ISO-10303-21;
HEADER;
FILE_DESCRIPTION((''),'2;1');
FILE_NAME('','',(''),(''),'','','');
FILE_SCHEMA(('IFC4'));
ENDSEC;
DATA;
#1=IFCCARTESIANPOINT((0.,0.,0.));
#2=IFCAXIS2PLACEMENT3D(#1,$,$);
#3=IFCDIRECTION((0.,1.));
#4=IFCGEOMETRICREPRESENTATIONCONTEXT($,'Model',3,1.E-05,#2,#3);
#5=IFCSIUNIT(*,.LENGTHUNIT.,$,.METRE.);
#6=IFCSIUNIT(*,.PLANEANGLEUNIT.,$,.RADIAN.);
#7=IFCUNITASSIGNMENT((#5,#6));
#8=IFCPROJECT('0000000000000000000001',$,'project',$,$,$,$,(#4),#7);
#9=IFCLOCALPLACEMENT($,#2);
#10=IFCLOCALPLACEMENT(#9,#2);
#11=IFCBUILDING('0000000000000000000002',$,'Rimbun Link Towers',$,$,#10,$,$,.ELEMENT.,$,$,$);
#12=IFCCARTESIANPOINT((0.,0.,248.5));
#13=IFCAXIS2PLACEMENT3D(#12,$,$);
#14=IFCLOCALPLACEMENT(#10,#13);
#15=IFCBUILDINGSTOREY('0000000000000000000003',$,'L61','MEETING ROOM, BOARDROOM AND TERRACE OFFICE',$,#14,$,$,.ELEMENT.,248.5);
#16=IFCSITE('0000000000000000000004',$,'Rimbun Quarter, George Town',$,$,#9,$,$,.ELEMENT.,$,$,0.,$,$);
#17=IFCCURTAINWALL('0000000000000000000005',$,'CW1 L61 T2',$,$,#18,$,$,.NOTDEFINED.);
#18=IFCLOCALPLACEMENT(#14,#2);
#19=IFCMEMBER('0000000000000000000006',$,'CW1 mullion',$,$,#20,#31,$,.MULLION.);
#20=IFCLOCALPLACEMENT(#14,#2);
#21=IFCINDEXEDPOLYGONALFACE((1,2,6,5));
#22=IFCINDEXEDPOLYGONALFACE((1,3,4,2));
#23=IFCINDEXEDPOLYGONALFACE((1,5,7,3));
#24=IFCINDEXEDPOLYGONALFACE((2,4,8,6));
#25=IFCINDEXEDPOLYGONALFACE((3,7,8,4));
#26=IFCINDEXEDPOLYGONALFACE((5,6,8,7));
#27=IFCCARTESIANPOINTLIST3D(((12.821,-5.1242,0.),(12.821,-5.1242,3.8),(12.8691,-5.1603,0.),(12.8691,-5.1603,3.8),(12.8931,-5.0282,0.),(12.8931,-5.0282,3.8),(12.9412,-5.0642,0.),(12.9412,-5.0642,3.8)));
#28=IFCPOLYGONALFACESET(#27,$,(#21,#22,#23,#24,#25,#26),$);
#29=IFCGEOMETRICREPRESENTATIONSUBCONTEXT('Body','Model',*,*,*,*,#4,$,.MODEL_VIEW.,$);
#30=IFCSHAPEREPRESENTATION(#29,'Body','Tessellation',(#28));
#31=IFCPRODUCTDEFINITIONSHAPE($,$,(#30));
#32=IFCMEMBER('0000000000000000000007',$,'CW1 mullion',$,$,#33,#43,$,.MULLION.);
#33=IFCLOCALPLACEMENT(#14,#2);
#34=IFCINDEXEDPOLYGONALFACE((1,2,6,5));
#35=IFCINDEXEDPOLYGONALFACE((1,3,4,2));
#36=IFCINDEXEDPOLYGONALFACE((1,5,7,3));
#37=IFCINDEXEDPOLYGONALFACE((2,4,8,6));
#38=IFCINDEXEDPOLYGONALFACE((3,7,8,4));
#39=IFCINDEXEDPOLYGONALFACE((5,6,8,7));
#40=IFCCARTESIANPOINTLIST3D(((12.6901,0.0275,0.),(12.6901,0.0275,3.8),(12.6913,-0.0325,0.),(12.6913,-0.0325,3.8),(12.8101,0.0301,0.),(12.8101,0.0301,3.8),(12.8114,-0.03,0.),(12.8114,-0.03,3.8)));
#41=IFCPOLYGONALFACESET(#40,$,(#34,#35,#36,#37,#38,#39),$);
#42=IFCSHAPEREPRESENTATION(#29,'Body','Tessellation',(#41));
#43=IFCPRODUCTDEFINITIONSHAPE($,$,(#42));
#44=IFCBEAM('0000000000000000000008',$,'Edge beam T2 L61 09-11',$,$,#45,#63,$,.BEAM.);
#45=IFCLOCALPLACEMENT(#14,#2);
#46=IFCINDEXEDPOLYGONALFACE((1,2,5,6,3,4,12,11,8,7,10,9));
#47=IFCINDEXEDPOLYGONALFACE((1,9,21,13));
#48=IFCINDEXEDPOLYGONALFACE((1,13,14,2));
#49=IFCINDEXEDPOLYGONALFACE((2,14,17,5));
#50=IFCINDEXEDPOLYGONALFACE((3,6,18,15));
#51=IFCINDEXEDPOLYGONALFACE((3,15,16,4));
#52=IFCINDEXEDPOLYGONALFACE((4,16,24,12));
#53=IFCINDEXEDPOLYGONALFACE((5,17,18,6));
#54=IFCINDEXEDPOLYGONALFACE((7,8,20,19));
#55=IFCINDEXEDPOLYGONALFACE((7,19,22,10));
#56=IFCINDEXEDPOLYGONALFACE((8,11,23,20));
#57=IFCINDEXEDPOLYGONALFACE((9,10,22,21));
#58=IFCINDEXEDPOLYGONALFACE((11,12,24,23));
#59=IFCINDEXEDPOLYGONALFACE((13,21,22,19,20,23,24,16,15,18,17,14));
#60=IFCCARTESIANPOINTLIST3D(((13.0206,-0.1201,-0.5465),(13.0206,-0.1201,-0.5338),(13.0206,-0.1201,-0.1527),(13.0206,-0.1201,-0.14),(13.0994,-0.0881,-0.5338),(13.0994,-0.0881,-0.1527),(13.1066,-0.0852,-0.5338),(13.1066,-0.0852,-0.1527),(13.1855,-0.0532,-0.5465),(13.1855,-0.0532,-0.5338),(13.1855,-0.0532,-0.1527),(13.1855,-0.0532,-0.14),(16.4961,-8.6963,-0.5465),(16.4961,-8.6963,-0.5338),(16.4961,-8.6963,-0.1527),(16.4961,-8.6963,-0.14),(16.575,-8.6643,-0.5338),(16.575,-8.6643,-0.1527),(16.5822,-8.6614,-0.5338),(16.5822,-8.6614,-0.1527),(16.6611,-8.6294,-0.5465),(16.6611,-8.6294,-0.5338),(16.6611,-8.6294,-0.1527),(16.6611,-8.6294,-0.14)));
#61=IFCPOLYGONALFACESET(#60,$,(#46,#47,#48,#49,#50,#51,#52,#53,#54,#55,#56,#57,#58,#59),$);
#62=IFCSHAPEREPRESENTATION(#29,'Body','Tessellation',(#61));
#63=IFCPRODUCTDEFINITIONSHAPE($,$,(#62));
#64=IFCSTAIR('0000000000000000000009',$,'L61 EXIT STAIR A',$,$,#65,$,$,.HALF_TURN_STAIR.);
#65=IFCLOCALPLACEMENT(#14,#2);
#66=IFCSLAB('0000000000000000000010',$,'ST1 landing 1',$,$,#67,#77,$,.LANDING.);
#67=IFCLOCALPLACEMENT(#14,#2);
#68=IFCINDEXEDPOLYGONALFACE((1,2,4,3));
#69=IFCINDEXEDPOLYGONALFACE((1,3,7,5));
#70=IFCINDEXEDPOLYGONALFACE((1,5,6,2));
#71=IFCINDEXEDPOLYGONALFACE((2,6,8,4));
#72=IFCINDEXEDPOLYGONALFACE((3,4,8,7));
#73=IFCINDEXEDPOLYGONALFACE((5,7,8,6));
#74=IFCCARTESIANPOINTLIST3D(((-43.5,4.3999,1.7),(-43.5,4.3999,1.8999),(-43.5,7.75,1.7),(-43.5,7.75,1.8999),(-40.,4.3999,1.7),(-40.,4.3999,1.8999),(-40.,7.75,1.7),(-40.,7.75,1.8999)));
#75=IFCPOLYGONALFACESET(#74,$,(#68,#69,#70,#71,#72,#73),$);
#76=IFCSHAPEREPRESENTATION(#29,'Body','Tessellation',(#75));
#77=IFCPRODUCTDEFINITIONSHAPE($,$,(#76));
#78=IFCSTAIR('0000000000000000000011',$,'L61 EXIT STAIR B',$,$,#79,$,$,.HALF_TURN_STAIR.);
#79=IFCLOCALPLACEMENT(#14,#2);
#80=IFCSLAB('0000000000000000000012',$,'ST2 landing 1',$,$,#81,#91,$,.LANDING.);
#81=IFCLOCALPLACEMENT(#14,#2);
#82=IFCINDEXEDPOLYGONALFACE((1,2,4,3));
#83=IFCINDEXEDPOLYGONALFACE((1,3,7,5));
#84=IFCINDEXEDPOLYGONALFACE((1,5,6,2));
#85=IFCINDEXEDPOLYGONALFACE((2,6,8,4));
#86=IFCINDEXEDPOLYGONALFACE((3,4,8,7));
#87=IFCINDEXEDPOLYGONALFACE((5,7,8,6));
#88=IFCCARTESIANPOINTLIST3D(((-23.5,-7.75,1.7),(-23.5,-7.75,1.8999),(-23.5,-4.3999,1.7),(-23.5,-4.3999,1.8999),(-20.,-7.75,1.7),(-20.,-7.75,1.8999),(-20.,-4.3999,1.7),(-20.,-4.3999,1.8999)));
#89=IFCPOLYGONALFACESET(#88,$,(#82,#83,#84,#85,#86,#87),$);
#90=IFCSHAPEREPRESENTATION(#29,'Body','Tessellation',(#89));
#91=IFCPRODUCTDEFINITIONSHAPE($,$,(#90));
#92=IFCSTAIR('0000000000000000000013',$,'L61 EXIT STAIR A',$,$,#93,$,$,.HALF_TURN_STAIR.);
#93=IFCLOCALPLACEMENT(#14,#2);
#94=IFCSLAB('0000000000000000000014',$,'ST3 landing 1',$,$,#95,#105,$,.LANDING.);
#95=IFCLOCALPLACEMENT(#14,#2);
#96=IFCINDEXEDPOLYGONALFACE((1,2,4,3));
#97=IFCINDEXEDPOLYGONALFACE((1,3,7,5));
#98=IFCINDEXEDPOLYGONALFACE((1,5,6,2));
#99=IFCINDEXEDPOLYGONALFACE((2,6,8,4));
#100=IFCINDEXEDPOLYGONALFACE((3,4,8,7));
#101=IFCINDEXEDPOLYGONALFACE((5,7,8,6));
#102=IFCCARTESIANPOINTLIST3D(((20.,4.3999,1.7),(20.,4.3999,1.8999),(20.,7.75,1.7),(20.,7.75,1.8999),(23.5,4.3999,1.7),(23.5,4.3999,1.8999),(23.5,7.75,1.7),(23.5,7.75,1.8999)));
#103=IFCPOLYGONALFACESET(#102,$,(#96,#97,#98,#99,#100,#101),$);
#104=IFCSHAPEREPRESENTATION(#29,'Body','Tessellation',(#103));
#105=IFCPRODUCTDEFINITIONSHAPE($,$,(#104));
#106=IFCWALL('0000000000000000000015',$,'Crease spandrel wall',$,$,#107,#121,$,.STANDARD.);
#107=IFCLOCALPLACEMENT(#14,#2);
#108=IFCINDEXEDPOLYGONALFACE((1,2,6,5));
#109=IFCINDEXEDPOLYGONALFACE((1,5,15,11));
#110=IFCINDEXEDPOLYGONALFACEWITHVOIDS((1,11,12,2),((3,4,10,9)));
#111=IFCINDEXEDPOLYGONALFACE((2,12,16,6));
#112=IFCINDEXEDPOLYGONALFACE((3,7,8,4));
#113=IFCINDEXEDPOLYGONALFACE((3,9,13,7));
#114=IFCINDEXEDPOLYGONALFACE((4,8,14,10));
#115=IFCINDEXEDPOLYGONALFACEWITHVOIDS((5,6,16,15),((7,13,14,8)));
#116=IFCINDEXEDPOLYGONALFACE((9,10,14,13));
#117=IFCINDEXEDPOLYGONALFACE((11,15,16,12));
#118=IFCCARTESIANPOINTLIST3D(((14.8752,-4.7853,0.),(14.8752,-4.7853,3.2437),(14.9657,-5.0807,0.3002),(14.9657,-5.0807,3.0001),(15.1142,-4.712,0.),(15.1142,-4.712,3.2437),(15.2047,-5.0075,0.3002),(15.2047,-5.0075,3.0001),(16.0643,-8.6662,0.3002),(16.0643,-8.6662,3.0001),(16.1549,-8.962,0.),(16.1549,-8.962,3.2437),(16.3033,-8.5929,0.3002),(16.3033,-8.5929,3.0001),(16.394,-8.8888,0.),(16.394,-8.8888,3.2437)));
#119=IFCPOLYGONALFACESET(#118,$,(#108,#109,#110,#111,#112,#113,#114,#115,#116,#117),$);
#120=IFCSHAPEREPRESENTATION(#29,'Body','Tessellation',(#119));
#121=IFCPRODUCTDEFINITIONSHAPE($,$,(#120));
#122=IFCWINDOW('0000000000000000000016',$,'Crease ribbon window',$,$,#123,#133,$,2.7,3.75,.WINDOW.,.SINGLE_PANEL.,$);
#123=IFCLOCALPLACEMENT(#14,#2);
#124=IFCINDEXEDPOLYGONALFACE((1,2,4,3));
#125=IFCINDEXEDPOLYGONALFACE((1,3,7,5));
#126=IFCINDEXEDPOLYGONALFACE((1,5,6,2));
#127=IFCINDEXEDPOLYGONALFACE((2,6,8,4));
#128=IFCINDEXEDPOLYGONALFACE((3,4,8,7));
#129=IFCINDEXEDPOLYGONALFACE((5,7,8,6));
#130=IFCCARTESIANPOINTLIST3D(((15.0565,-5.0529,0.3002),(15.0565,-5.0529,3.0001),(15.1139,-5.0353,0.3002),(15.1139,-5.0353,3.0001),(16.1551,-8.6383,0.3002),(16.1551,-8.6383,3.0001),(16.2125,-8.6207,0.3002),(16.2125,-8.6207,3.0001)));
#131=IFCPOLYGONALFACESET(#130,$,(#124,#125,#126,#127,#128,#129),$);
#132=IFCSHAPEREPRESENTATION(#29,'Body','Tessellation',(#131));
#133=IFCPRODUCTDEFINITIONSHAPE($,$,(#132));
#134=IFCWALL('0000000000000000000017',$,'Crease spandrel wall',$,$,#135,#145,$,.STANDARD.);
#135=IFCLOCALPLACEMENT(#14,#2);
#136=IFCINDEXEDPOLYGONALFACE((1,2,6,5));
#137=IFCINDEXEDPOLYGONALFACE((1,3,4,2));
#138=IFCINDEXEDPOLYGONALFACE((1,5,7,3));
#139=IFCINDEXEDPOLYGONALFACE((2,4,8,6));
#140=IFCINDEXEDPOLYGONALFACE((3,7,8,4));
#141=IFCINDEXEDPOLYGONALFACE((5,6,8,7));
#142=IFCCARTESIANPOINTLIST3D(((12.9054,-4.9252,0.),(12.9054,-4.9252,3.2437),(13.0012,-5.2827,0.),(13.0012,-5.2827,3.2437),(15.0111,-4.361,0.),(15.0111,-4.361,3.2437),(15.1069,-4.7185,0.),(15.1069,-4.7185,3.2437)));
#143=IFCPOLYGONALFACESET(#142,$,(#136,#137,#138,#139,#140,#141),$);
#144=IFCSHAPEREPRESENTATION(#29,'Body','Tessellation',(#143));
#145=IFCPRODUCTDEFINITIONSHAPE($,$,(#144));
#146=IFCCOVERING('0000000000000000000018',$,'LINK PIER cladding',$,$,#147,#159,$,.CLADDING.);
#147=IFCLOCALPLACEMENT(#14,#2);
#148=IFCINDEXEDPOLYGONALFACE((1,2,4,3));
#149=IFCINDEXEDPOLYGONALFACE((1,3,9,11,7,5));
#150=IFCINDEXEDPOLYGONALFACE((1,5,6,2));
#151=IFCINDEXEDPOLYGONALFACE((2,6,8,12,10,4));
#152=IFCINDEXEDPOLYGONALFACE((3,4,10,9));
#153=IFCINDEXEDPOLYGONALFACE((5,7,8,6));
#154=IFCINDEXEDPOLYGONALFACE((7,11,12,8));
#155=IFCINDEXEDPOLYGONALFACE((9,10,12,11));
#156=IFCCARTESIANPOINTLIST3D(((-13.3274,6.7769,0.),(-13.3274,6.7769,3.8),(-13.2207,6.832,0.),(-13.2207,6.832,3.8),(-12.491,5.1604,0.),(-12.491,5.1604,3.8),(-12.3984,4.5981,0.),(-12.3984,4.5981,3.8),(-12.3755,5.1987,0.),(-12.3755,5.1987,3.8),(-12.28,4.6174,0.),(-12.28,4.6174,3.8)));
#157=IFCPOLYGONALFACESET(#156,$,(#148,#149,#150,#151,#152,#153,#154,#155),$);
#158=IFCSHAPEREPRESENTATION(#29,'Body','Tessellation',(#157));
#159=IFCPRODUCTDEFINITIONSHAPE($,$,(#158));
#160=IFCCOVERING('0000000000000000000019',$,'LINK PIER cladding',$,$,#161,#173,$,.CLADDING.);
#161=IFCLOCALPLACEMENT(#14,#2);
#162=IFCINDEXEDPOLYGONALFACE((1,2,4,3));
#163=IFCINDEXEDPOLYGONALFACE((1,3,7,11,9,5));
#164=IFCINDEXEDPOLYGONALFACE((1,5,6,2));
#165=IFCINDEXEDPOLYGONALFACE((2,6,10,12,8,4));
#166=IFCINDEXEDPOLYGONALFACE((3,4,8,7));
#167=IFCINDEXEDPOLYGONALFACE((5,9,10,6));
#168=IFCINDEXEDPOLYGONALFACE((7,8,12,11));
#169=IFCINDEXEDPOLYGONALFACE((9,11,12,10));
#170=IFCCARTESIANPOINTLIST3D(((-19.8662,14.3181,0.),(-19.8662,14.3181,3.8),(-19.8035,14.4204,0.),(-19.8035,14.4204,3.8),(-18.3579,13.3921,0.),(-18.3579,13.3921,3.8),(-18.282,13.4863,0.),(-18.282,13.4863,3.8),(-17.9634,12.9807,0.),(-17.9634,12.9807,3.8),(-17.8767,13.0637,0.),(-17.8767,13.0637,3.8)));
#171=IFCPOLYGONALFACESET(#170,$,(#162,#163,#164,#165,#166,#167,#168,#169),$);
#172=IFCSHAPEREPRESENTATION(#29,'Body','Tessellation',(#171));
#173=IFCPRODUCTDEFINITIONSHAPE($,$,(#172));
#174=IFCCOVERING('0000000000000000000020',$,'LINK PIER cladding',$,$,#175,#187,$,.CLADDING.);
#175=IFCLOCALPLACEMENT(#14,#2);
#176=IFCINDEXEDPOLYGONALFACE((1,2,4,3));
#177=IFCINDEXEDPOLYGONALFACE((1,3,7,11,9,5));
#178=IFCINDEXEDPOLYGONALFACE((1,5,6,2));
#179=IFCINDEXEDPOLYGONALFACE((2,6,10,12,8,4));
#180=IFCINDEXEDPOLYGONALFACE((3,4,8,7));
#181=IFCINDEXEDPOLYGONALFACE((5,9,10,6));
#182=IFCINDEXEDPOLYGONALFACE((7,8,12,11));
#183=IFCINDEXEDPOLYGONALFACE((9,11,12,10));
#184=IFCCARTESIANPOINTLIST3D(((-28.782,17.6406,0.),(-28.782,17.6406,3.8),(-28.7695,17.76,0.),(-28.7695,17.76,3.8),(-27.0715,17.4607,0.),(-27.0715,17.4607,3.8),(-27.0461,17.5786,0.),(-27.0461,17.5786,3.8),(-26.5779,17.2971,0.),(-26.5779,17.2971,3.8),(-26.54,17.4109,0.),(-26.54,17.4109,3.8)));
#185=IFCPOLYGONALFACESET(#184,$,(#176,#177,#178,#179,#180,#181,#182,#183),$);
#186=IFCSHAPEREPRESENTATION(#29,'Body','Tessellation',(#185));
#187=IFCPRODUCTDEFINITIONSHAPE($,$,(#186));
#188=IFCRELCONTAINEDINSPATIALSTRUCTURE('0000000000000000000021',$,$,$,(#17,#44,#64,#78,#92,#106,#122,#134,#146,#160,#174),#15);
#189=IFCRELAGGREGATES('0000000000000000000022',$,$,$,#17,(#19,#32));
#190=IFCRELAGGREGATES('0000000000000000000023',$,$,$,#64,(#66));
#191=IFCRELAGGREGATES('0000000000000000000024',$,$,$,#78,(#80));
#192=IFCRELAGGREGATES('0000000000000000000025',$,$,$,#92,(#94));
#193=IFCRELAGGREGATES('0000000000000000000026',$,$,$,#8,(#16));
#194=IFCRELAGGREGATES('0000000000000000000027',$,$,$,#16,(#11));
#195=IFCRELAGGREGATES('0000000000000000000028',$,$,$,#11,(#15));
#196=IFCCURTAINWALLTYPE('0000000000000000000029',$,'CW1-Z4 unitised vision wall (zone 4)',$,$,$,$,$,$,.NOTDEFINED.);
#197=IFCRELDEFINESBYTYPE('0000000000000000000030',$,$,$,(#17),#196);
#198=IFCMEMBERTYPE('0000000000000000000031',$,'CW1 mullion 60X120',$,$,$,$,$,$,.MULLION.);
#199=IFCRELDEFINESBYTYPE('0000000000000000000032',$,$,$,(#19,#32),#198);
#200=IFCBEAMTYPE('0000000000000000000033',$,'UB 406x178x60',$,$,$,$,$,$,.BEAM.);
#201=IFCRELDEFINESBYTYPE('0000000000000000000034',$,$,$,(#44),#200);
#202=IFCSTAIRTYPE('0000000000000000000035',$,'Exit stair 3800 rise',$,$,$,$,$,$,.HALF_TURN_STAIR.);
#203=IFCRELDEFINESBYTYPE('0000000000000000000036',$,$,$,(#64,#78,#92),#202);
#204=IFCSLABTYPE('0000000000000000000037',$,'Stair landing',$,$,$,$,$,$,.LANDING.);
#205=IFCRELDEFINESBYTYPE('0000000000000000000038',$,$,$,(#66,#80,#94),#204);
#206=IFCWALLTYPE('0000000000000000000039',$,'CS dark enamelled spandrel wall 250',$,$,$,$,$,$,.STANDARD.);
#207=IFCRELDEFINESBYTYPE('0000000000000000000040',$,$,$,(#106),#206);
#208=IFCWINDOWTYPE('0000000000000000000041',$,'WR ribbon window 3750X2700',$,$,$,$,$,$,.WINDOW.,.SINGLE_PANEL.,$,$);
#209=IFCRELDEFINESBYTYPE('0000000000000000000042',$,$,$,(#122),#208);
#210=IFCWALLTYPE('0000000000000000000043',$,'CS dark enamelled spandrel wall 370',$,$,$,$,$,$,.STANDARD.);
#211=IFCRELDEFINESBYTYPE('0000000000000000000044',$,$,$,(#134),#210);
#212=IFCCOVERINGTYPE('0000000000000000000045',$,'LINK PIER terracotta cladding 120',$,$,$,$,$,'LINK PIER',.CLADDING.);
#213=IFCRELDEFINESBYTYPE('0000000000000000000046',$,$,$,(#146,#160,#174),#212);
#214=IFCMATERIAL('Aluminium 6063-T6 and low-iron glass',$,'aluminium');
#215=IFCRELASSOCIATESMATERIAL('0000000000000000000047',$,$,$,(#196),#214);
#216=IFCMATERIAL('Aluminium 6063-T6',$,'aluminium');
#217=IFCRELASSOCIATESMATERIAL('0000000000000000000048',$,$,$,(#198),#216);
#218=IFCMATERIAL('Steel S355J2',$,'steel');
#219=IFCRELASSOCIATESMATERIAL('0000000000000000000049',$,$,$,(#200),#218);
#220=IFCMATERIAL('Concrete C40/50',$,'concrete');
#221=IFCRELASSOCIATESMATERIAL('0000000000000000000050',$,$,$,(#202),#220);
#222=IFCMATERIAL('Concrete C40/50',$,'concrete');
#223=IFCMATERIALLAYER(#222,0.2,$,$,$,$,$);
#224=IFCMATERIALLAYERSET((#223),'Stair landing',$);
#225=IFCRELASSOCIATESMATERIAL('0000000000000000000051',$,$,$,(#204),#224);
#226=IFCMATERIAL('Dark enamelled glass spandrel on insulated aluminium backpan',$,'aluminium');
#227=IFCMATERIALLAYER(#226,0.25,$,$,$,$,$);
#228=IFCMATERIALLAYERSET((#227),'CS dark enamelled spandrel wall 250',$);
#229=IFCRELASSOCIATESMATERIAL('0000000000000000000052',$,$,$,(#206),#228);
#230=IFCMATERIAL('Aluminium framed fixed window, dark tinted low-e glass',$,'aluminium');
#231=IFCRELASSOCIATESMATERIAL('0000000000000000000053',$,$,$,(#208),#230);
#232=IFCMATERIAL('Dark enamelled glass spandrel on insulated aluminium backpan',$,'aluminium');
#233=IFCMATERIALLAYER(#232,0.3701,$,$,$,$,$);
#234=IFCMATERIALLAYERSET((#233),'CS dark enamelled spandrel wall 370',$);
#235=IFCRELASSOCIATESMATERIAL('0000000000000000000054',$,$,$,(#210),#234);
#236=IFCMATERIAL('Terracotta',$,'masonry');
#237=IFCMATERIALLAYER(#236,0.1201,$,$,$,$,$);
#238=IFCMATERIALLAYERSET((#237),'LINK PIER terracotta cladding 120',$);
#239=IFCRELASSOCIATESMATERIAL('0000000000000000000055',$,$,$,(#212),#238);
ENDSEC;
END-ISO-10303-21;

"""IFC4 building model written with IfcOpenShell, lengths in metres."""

from ifc_helpers import new_model, si_unit, direction, frame, frame_2d, origin, origin_2d, place, context, subcontext, project, spatial, polyline, rectangle, i_section, outline, extrude, material, layer, layer_set, material_profile, profile_set, type_object, element, fill, aggregate, save


model = new_model("IFC4")

# Units and contexts
model_context = context("Model", 3, precision=1e-05, world=origin(), true_north=direction((0.0, 1.0)))
body_context = subcontext(model_context, "Body", "Model", "MODEL_VIEW")
ifc_project = project(units=[si_unit("LENGTHUNIT", "METRE"), si_unit("PLANEANGLEUNIT", "RADIAN")], contexts=[model_context])

# Site, building, storey
site_placement = place(None, origin())
site = spatial("IfcSite", under=ifc_project, at=site_placement, Name="Rimbun Quarter, George Town", CompositionType="ELEMENT", RefElevation=0.0)
building_placement = place(site_placement, origin())
building = spatial("IfcBuilding", under=site, at=building_placement, Name="Rimbun Link Towers", CompositionType="ELEMENT")
storey_placement = place(building_placement, frame((0.0, 0.0, 248.5)))
storey = spatial("IfcBuildingStorey", under=building, at=storey_placement, Name="L61", Description="MEETING ROOM, BOARDROOM AND TERRACE OFFICE", CompositionType="ELEMENT", Elevation=248.5)

# Curtain wall, members
ifc_material_1 = material(Name="Aluminium 6063-T6 and low-iron glass", Category="aluminium")
curtain_wall_type = type_object("IfcCurtainWallType", Name="CW1-Z4 unitised vision wall (zone 4)", PredefinedType="NOTDEFINED", material=ifc_material_1)
curtain_wall_placement = place(storey_placement, origin())
curtain_wall = element("IfcCurtainWall", 1, at=curtain_wall_placement, inside=storey, type_object=curtain_wall_type, Name="CW1 L61 T2", PredefinedType="NOTDEFINED")
ifc_material_2 = material(Name="Aluminium 6063-T6", Category="aluminium")
ifc_material_profile_1 = material_profile(ifc_material_2, rectangle(XDim=0.1201, YDim=0.0601, at=origin_2d()), Name="MULLION 60X120")
ifc_profile_set_1 = profile_set([ifc_material_profile_1], Name="Aluminium 6063-T6")
member_type_1 = type_object("IfcMemberType", Name="CW1 mullion 60X120", PredefinedType="MULLION", material=ifc_profile_set_1)
member_1_placement = place(storey_placement, frame((12.8811, -5.0942, 0.0), z_axis=(0.0, 0.0, 1.0), x_axis=(-0.600372, -0.799721, 0.0)))
member_1 = element("IfcMember", 2, at=member_1_placement, type_object=member_type_1, Name="CW1 mullion", PredefinedType="MULLION", context=body_context, shape_type="SweptSolid", body=[
    extrude(rectangle(XDim=0.1201, YDim=0.0601, at=origin_2d()), origin(), (0.0, 0.0, 1.0), 3.8),
])
member_2_placement = place(storey_placement, frame((12.7507, -0.0012, 0.0), z_axis=(0.0, 0.0, 1.0), x_axis=(-0.999778, -0.02106, 0.0)))
member_2 = element("IfcMember", 3, at=member_2_placement, type_object=member_type_1, Name="CW1 mullion", PredefinedType="MULLION", context=body_context, shape_type="SweptSolid", body=[
    extrude(rectangle(XDim=0.1201, YDim=0.0601, at=origin_2d()), origin(), (0.0, 0.0, 1.0), 3.8),
])
aggregate(curtain_wall, [member_1, member_2])

# Beam
ifc_material_3 = material(Name="Steel S355J2", Category="steel")
ifc_material_profile_2 = material_profile(ifc_material_3, i_section(OverallWidth=0.178, OverallDepth=0.4065, WebThickness=0.0078, FlangeThickness=0.0127, at=origin_2d()), Name="UB 406x178x60")
ifc_profile_set_2 = profile_set([ifc_material_profile_2], Name="Steel S355J2")
beam_type = type_object("IfcBeamType", Name="UB 406x178x60", PredefinedType="BEAM", material=ifc_profile_set_2)
beam_placement = place(storey_placement, frame((13.103, -0.0867, -0.3433), z_axis=(0.37559, -0.926786, 0.0), x_axis=(0.926786, 0.37559, 0.0)))
element("IfcBeam", 4, at=beam_placement, inside=storey, type_object=beam_type, Name="Edge beam T2 L61 09-11", PredefinedType="BEAM", context=body_context, shape_type="SweptSolid", body=[
    extrude(i_section(OverallWidth=0.178, OverallDepth=0.4065, WebThickness=0.0078, FlangeThickness=0.0127, at=origin_2d()), origin(), (0.0, 0.0, 1.0), 9.2537),
])

# Stairs, slabs
ifc_material_4 = material(Name="Concrete C40/50", Category="concrete")
stair_type = type_object("IfcStairType", Name="Exit stair 3800 rise", PredefinedType="HALF_TURN_STAIR", material=ifc_material_4)
stair_1_placement = place(storey_placement, origin())
stair_1 = element("IfcStair", 5, at=stair_1_placement, inside=storey, type_object=stair_type, Name="L61 EXIT STAIR A", PredefinedType="HALF_TURN_STAIR")
ifc_material_5 = material(Name="Concrete C40/50", Category="concrete")
ifc_layer_1 = layer(ifc_material_5, 0.2)
ifc_layer_set_1 = layer_set([ifc_layer_1], Name="Stair landing")
slab_type = type_object("IfcSlabType", Name="Stair landing", PredefinedType="LANDING", material=ifc_layer_set_1)
slab_1_placement = place(storey_placement, frame((0.0, 0.0, 1.7)))
slab_1 = element("IfcSlab", 6, at=slab_1_placement, type_object=slab_type, Name="ST1 landing 1", PredefinedType="LANDING", context=body_context, shape_type="SweptSolid", body=[
    extrude(outline(polyline([(-40.0, 7.75), (-43.5, 7.75), (-43.5, 4.3999), (-40.0, 4.3999), (-40.0, 7.75)])), origin(), (0.0, 0.0, 1.0), 0.2),
])
aggregate(stair_1, [slab_1])
stair_2_placement = place(storey_placement, origin())
stair_2 = element("IfcStair", 7, at=stair_2_placement, inside=storey, type_object=stair_type, Name="L61 EXIT STAIR B", PredefinedType="HALF_TURN_STAIR")
slab_2_placement = place(storey_placement, frame((0.0, 0.0, 1.7)))
slab_2 = element("IfcSlab", 8, at=slab_2_placement, type_object=slab_type, Name="ST2 landing 1", PredefinedType="LANDING", context=body_context, shape_type="SweptSolid", body=[
    extrude(outline(polyline([(-23.5, -7.75), (-20.0, -7.75), (-20.0, -4.3999), (-23.5, -4.3999), (-23.5, -7.75)])), origin(), (0.0, 0.0, 1.0), 0.2),
])
aggregate(stair_2, [slab_2])
stair_3_placement = place(storey_placement, origin())
stair_3 = element("IfcStair", 9, at=stair_3_placement, inside=storey, type_object=stair_type, Name="L61 EXIT STAIR A", PredefinedType="HALF_TURN_STAIR")
slab_3_placement = place(storey_placement, frame((0.0, 0.0, 1.7)))
slab_3 = element("IfcSlab", 10, at=slab_3_placement, type_object=slab_type, Name="ST3 landing 1", PredefinedType="LANDING", context=body_context, shape_type="SweptSolid", body=[
    extrude(outline(polyline([(23.5, 7.75), (20.0, 7.75), (20.0, 4.3999), (23.5, 4.3999), (23.5, 7.75)])), origin(), (0.0, 0.0, 1.0), 0.2),
])
aggregate(stair_3, [slab_3])

# Wall, opening, window
ifc_material_6 = material(Name="Dark enamelled glass spandrel on insulated aluminium backpan", Category="aluminium")
ifc_layer_2 = layer(ifc_material_6, 0.25)
ifc_layer_set_2 = layer_set([ifc_layer_2], Name="CS dark enamelled spandrel wall 250")
wall_type_1 = type_object("IfcWallType", Name="CS dark enamelled spandrel wall 250", PredefinedType="STANDARD", material=ifc_layer_set_2)
wall_1_placement = place(storey_placement, frame((16.2744, -8.9253, 0.0), z_axis=(0.0, 0.0, 1.0), x_axis=(-0.292962, 0.956124, 0.0)))
wall_1 = element("IfcWall", 11, at=wall_1_placement, inside=storey, type_object=wall_type_1, Name="Crease spandrel wall", PredefinedType="STANDARD", context=body_context, shape_type="SweptSolid", body=[
    extrude(rectangle(XDim=4.3684, YDim=0.25, at=frame_2d((2.1841, 0.0))), origin(), (0.0, 0.0, 1.0), 3.2437),
])
opening_placement = place(wall_1_placement, frame((0.3093, 0.0, 0.3)))
opening = element("IfcOpeningElement", 12, at=opening_placement, cuts=wall_1, PredefinedType="OPENING", context=body_context, shape_type="SweptSolid", body=[
    extrude(rectangle(XDim=3.75, YDim=2.7, at=frame_2d((1.875, 1.3501))), frame((0.0, 0.135, 0.0), z_axis=(0.0, -1.0, 0.0), x_axis=(1.0, 0.0, 0.0)), (0.0, 0.0, 1.0), 0.27),
])
ifc_material_7 = material(Name="Aluminium framed fixed window, dark tinted low-e glass", Category="aluminium")
window_type = type_object("IfcWindowType", Name="WR ribbon window 3750X2700", PartitioningType="SINGLE_PANEL", PredefinedType="WINDOW", material=ifc_material_7)
window_placement = place(opening_placement, origin())
window = element("IfcWindow", 13, at=window_placement, inside=storey, type_object=window_type, Name="Crease ribbon window", OverallHeight=2.7, OverallWidth=3.75, PartitioningType="SINGLE_PANEL", PredefinedType="WINDOW", context=body_context, shape_type="SweptSolid", body=[
    extrude(rectangle(XDim=3.75, YDim=2.7, at=frame_2d((1.875, 1.3501))), frame((0.0, 0.03, 0.0), z_axis=(0.0, -1.0, 0.0), x_axis=(1.0, 0.0, 0.0)), (0.0, 0.0, 1.0), 0.0601),
])
fill(opening, window)

# Wall
ifc_material_8 = material(Name="Dark enamelled glass spandrel on insulated aluminium backpan", Category="aluminium")
ifc_layer_3 = layer(ifc_material_8, 0.3701)
ifc_layer_set_3 = layer_set([ifc_layer_3], Name="CS dark enamelled spandrel wall 370")
wall_type_2 = type_object("IfcWallType", Name="CS dark enamelled spandrel wall 370", PredefinedType="STANDARD", material=ifc_layer_set_3)
wall_2_placement = place(storey_placement, frame((15.0588, -4.5398, 0.0), z_axis=(0.0, 0.0, 1.0), x_axis=(-0.965928, -0.258813, 0.0)))
element("IfcWall", 14, at=wall_2_placement, inside=storey, type_object=wall_type_2, Name="Crease spandrel wall", PredefinedType="STANDARD", context=body_context, shape_type="SweptSolid", body=[
    extrude(rectangle(XDim=2.1799, YDim=0.3701, at=frame_2d((1.0898, 0.0))), origin(), (0.0, 0.0, 1.0), 3.2437),
])

# Coverings
ifc_material_9 = material(Name="Terracotta", Category="masonry")
ifc_layer_4 = layer(ifc_material_9, 0.1201)
ifc_layer_set_4 = layer_set([ifc_layer_4], Name="LINK PIER terracotta cladding 120")
covering_type = type_object("IfcCoveringType", Name="LINK PIER terracotta cladding 120", ElementType="LINK PIER", PredefinedType="CLADDING", material=ifc_layer_set_4)
covering_1_placement = place(storey_placement, origin())
element("IfcCovering", 15, at=covering_1_placement, inside=storey, type_object=covering_type, Name="LINK PIER cladding", PredefinedType="CLADDING", context=body_context, shape_type="SweptSolid", body=[
    extrude(outline(polyline([(-13.3274, 6.7769), (-12.491, 5.1604), (-12.3984, 4.5981), (-12.28, 4.6174), (-12.3755, 5.1987), (-13.2207, 6.832), (-13.3274, 6.7769)])), origin(), (0.0, 0.0, 1.0), 3.8),
])
covering_2_placement = place(storey_placement, origin())
element("IfcCovering", 16, at=covering_2_placement, inside=storey, type_object=covering_type, Name="LINK PIER cladding", PredefinedType="CLADDING", context=body_context, shape_type="SweptSolid", body=[
    extrude(outline(polyline([(-19.8662, 14.3181), (-18.3579, 13.3921), (-17.9634, 12.9807), (-17.8767, 13.0637), (-18.282, 13.4863), (-19.8035, 14.4204), (-19.8662, 14.3181)])), origin(), (0.0, 0.0, 1.0), 3.8),
])
covering_3_placement = place(storey_placement, origin())
element("IfcCovering", 17, at=covering_3_placement, inside=storey, type_object=covering_type, Name="LINK PIER cladding", PredefinedType="CLADDING", context=body_context, shape_type="SweptSolid", body=[
    extrude(outline(polyline([(-28.782, 17.6406), (-27.0715, 17.4607), (-26.5779, 17.2971), (-26.54, 17.4109), (-27.0461, 17.5786), (-28.7695, 17.76), (-28.782, 17.6406)])), origin(), (0.0, 0.0, 1.0), 3.8),
])

save(model, "model.ifc")
